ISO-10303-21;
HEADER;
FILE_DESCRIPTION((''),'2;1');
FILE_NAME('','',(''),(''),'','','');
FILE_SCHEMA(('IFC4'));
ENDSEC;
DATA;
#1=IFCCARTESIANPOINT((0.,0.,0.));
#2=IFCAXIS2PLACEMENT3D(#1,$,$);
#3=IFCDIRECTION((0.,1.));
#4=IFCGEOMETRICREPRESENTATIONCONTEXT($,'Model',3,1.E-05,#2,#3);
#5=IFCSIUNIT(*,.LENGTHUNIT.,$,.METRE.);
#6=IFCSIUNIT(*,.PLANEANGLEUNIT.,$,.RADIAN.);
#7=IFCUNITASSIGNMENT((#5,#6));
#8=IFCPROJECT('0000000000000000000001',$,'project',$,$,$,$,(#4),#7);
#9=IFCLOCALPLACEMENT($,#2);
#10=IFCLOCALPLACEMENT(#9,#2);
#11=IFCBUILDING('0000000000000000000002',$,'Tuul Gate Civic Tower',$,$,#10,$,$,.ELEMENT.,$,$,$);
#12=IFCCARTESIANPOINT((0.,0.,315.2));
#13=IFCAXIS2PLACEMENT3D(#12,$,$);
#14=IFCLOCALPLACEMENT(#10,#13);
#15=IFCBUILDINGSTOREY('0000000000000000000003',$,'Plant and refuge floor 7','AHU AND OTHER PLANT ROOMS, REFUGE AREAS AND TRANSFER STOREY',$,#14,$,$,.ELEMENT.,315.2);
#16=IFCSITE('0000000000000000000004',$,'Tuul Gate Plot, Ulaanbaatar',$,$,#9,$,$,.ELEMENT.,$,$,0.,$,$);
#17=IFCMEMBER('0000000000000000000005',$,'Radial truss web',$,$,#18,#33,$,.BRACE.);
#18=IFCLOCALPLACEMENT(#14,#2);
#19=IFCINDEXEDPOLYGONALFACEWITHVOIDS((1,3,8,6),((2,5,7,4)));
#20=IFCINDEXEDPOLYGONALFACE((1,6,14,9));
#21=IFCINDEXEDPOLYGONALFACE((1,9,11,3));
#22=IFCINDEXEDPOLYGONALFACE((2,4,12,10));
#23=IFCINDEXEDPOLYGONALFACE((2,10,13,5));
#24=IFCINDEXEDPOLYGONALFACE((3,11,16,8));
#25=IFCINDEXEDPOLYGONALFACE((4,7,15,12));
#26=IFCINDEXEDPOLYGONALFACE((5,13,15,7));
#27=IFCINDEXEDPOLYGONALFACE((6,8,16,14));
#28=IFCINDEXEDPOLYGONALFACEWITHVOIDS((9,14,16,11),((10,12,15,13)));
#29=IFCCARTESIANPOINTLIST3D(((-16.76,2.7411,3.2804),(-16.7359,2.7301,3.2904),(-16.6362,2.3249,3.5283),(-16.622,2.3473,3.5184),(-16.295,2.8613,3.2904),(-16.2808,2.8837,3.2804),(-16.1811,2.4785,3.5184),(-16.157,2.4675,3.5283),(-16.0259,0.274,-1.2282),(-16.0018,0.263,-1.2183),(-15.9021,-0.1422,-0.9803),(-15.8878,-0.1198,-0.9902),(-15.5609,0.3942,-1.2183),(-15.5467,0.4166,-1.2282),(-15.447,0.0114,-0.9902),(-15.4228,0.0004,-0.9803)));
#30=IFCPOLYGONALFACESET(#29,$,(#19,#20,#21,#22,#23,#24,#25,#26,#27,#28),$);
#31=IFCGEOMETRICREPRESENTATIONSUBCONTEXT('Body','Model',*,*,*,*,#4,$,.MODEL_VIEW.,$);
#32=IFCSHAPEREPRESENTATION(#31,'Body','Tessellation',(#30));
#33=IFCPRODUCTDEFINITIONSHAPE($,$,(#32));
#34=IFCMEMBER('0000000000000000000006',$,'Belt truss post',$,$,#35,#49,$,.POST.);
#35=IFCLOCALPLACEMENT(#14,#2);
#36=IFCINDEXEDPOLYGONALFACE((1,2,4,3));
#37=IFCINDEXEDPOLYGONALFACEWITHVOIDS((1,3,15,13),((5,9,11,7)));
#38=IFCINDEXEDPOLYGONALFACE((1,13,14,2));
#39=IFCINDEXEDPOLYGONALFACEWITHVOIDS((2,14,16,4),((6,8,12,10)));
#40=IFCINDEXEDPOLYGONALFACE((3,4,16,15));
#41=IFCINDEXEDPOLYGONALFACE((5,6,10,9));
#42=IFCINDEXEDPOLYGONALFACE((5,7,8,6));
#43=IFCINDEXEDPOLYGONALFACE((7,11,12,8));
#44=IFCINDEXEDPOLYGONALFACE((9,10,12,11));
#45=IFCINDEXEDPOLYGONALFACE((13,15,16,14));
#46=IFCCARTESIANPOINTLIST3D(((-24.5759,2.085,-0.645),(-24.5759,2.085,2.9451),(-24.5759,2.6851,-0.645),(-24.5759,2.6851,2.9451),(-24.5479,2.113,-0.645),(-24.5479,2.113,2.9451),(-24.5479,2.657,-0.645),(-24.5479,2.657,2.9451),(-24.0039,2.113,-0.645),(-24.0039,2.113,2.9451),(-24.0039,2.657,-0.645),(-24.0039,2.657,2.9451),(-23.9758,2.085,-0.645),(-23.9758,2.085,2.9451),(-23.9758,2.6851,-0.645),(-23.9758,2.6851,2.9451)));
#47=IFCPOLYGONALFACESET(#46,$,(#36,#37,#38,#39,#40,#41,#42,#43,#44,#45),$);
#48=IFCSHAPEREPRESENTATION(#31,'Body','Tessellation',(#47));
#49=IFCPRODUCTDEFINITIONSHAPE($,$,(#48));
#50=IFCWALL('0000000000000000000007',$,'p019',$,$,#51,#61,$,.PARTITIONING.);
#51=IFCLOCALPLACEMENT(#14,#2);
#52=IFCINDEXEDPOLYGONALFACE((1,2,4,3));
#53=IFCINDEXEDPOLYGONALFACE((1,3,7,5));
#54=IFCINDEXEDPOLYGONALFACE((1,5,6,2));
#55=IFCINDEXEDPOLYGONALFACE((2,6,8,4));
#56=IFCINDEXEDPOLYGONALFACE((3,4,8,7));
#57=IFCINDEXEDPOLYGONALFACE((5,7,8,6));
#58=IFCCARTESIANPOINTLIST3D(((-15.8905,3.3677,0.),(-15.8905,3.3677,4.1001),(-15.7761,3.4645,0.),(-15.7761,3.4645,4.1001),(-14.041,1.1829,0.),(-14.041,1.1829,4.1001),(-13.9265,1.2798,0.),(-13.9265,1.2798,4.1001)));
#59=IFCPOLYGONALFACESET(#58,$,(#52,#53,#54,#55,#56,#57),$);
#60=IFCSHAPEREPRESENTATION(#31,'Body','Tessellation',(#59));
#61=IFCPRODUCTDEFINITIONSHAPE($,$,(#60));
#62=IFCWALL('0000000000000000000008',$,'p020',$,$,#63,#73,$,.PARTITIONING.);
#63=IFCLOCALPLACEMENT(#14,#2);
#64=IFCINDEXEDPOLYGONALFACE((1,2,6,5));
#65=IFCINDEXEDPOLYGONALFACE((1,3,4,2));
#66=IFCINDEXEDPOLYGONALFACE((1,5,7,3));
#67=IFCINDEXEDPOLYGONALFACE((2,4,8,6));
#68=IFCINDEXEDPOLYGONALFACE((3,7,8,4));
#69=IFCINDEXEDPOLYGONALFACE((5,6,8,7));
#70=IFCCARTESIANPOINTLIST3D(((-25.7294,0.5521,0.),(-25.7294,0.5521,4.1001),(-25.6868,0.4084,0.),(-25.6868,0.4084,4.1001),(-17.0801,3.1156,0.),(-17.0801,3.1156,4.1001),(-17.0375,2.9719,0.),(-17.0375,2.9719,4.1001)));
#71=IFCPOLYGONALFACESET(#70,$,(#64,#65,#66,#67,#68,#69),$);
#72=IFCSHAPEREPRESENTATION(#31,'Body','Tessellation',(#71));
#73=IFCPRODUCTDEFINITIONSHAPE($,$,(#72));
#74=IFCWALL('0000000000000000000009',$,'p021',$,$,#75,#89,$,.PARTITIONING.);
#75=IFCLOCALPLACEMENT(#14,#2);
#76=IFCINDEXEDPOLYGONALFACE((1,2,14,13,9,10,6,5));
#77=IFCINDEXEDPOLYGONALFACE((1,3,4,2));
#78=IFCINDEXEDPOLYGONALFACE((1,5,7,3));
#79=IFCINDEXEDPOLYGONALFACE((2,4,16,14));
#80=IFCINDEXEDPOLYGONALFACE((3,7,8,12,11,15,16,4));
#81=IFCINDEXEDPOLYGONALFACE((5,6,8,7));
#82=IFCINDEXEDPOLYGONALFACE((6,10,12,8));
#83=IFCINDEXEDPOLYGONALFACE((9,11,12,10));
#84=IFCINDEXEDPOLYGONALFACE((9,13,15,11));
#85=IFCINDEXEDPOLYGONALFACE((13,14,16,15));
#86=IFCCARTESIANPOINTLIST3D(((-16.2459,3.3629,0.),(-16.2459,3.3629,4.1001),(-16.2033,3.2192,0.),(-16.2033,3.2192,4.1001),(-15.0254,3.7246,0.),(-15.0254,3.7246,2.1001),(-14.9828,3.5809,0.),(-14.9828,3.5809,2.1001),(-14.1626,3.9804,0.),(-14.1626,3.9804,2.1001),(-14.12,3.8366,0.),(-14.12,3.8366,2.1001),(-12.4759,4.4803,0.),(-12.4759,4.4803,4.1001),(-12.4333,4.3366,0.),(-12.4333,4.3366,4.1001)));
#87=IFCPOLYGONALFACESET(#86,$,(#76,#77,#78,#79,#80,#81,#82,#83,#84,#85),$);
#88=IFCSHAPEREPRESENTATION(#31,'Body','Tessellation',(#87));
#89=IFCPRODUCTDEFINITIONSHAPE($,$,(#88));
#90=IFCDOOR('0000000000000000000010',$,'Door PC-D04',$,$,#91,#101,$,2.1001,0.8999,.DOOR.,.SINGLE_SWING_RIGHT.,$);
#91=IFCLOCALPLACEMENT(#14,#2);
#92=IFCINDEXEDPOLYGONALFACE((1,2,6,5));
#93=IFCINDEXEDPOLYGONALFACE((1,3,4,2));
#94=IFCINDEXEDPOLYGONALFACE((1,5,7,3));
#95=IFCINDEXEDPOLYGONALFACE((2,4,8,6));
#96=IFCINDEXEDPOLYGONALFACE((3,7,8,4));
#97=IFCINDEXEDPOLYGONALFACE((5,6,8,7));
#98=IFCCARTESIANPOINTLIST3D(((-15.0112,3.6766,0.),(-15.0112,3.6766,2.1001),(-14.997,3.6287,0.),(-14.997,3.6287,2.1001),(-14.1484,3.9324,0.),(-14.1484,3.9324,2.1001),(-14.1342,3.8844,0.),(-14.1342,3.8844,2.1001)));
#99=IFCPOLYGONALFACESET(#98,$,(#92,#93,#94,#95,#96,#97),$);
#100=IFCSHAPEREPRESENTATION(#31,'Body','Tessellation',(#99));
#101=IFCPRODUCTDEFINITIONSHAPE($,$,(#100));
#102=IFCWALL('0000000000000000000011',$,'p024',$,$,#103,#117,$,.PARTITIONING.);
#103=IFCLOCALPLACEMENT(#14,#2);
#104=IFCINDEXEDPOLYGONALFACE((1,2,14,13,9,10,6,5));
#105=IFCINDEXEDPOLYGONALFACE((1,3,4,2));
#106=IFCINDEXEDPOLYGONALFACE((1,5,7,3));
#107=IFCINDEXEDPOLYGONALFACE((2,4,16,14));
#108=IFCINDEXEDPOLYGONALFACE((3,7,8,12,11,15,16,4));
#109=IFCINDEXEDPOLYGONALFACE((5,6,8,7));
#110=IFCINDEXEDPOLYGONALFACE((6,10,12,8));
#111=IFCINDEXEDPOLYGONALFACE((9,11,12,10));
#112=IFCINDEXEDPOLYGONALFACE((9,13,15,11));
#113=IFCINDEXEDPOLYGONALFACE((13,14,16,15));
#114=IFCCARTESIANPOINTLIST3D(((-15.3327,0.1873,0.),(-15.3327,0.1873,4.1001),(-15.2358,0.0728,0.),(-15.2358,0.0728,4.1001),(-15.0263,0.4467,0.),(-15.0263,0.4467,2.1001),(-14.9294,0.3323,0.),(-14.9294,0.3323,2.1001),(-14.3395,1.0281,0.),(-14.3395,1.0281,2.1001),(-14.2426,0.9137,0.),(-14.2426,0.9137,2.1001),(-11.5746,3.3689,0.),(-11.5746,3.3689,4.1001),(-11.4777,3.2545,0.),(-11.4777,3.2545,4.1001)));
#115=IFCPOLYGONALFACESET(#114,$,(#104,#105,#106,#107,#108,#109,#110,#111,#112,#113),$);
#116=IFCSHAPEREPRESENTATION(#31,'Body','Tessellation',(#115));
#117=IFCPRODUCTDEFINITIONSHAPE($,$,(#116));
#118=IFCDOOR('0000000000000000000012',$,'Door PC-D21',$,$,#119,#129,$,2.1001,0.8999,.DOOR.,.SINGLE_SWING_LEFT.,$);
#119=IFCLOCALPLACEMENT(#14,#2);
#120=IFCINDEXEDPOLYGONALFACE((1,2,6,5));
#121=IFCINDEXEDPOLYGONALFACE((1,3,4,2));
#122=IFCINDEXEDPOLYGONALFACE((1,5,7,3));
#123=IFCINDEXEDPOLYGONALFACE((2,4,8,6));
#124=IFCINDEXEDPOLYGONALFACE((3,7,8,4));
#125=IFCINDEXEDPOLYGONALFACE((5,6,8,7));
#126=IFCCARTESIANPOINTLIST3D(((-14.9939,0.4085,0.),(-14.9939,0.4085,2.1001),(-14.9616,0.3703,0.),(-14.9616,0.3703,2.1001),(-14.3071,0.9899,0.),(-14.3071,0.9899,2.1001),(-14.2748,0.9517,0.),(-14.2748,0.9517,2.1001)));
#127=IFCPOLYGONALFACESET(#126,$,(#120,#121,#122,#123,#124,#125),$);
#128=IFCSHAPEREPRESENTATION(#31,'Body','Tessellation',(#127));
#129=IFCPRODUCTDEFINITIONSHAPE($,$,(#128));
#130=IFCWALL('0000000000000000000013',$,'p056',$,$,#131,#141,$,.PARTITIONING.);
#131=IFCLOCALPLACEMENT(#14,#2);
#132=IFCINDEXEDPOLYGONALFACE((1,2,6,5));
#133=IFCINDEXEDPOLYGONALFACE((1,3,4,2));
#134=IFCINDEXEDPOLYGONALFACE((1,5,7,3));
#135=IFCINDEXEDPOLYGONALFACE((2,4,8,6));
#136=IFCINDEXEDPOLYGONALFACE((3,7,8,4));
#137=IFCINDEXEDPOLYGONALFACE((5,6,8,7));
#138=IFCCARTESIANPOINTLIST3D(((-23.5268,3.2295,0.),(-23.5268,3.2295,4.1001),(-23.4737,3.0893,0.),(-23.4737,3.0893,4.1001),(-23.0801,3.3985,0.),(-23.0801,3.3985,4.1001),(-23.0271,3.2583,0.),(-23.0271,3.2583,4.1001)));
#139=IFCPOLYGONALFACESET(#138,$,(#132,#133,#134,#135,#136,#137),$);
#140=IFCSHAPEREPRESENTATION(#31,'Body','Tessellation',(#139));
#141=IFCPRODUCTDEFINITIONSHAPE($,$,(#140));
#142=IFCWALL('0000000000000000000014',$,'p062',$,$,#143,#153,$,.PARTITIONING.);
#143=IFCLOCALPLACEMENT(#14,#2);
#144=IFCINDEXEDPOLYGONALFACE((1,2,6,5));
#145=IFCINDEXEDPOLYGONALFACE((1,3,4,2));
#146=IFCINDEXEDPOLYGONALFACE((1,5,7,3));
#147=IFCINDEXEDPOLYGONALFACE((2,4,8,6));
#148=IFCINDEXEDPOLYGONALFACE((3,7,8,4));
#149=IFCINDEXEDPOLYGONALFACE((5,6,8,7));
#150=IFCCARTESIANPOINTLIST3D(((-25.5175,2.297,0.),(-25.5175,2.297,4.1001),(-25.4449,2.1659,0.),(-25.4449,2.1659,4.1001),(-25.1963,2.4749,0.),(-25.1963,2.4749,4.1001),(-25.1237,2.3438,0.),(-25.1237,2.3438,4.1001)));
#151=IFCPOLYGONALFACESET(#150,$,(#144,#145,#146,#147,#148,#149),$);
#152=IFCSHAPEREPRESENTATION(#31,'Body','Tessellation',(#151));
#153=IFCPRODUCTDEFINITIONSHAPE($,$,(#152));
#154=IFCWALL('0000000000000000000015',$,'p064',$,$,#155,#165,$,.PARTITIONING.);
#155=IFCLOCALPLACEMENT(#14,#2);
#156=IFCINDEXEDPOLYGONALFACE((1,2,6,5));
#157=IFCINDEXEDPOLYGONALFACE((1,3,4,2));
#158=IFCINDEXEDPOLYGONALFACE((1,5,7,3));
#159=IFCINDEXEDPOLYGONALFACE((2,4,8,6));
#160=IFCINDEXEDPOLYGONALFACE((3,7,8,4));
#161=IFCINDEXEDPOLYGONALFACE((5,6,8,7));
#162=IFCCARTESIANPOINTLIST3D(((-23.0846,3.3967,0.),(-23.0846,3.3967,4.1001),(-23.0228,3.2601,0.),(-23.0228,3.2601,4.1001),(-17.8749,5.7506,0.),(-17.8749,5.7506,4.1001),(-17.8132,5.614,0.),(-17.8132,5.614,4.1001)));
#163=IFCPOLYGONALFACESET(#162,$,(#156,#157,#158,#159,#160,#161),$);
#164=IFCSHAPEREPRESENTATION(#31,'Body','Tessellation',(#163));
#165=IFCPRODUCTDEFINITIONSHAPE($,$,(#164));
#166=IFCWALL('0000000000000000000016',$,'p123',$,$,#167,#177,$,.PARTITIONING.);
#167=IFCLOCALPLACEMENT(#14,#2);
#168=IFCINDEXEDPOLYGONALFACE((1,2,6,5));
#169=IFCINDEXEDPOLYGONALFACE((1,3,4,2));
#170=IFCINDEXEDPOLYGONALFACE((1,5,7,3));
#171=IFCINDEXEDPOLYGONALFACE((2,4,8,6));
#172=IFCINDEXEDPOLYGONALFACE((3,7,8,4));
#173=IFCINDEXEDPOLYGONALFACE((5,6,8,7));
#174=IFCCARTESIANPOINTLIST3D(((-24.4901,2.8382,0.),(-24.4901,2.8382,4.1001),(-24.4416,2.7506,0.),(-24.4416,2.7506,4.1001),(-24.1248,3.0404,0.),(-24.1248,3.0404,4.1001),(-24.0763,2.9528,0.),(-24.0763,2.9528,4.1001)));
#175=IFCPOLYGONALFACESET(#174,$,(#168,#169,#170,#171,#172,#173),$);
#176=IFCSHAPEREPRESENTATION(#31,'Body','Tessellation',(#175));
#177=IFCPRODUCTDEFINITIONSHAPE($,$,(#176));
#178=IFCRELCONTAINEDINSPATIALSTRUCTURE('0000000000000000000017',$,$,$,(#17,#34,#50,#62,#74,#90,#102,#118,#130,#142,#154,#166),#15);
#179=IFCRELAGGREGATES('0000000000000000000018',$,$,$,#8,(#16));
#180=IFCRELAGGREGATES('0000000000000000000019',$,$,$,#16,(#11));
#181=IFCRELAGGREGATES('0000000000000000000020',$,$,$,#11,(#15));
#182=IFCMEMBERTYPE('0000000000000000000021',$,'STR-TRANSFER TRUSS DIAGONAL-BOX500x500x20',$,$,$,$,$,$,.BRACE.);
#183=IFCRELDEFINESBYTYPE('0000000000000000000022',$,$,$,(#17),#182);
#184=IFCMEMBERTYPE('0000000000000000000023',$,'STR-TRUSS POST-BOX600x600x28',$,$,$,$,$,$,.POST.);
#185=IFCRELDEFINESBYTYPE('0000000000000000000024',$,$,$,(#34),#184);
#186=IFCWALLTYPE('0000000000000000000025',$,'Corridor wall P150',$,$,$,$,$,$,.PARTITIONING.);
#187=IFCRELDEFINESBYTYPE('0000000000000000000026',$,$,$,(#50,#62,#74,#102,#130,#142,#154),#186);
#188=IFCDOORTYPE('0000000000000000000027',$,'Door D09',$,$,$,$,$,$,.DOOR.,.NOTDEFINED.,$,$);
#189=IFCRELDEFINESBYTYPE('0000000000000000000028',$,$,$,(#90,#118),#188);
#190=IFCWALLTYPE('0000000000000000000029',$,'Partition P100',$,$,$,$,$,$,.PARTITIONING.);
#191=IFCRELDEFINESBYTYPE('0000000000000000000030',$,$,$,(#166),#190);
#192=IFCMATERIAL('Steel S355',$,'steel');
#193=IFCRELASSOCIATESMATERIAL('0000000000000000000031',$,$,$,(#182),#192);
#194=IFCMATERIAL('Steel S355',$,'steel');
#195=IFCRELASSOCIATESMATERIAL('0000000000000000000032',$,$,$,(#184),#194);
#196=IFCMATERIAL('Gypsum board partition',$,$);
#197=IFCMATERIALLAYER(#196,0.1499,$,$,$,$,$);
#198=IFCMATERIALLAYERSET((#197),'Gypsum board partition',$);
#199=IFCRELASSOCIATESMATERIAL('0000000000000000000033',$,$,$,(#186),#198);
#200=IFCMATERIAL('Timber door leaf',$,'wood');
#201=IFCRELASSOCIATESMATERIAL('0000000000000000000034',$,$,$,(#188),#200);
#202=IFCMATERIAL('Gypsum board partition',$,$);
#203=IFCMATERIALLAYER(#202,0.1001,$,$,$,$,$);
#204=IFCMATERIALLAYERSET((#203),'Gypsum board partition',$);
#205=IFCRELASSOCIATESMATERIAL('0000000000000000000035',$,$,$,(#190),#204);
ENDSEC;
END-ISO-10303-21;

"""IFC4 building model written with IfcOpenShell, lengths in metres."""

from ifc_helpers import new_model, si_unit, direction, frame, frame_2d, origin, origin_2d, place, context, subcontext, project, spatial, rectangle, hollow_rectangle, extrude, material, layer, layer_set, material_profile, profile_set, type_object, element, fill, save


model = new_model("IFC4")

# Units and contexts
model_context = context("Model", 3, precision=1e-05, world=origin(), true_north=direction((0.0, 1.0)))
body_context = subcontext(model_context, "Body", "Model", "MODEL_VIEW")
ifc_project = project(units=[si_unit("LENGTHUNIT", "METRE"), si_unit("PLANEANGLEUNIT", "RADIAN")], contexts=[model_context])

# Site, building, storey
site_placement = place(None, origin())
site = spatial("IfcSite", under=ifc_project, at=site_placement, Name="Tuul Gate Plot, Ulaanbaatar", CompositionType="ELEMENT", RefElevation=0.0)
building_placement = place(site_placement, origin())
building = spatial("IfcBuilding", under=site, at=building_placement, Name="Tuul Gate Civic Tower", CompositionType="ELEMENT")
storey_placement = place(building_placement, frame((0.0, 0.0, 315.2)))
storey = spatial("IfcBuildingStorey", under=building, at=storey_placement, Name="Plant and refuge floor 7", Description="AHU AND OTHER PLANT ROOMS, REFUGE AREAS AND TRANSFER STOREY", CompositionType="ELEMENT", Elevation=315.2)

# Members
ifc_material_1 = material(Name="Steel S355", Category="steel")
ifc_material_profile_1 = material_profile(ifc_material_1, hollow_rectangle(XDim=0.5, YDim=0.5, WallThickness=0.02, at=origin_2d()), Name="BOX500x500x20")
ifc_profile_set_1 = profile_set([ifc_material_profile_1], Name="Steel S355")
member_type_1 = type_object("IfcMemberType", Name="STR-TRANSFER TRUSS DIAGONAL-BOX500x500x20", PredefinedType="BRACE", material=ifc_profile_set_1)
member_1_placement = place(storey_placement, frame((-15.7244, 0.1372, -1.1042), z_axis=(-0.141409, 0.475203, 0.868439), x_axis=(-0.958464, -0.285215, 0.0)))
element("IfcMember", 1, at=member_1_placement, inside=storey, type_object=member_type_1, Name="Radial truss web", PredefinedType="BRACE", context=body_context, shape_type="SweptSolid", body=[
    extrude(hollow_rectangle(XDim=0.5, YDim=0.5, WallThickness=0.02, at=origin_2d()), origin(), (0.0, 0.0, 1.0), 5.1917),
])
ifc_material_2 = material(Name="Steel S355", Category="steel")
ifc_material_profile_2 = material_profile(ifc_material_2, hollow_rectangle(XDim=0.6001, YDim=0.6001, WallThickness=0.0281, at=origin_2d()), Name="BOX600x600x28")
ifc_profile_set_2 = profile_set([ifc_material_profile_2], Name="Steel S355")
member_type_2 = type_object("IfcMemberType", Name="STR-TRUSS POST-BOX600x600x28", PredefinedType="POST", material=ifc_profile_set_2)
member_2_placement = place(storey_placement, frame((-24.2759, 2.385, -0.645), z_axis=(0.0, 0.0, 1.0), x_axis=(1.0, 0.0, 0.0)))
element("IfcMember", 2, at=member_2_placement, inside=storey, type_object=member_type_2, Name="Belt truss post", PredefinedType="POST", context=body_context, shape_type="SweptSolid", body=[
    extrude(hollow_rectangle(XDim=0.6001, YDim=0.6001, WallThickness=0.0281, at=origin_2d()), origin(), (0.0, 0.0, 1.0), 3.5901),
])

# Walls
ifc_material_3 = material(Name="Gypsum board partition")
ifc_layer_1 = layer(ifc_material_3, 0.1499)
ifc_layer_set_1 = layer_set([ifc_layer_1], Name="Gypsum board partition")
wall_type_1 = type_object("IfcWallType", Name="Corridor wall P150", PredefinedType="PARTITIONING", material=ifc_layer_set_1)
wall_1_placement = place(storey_placement, frame((-15.8333, 3.416, 0.0), z_axis=(0.0, 0.0, 1.0), x_axis=(0.64613, -0.763228, 0.0)))
element("IfcWall", 3, at=wall_1_placement, inside=storey, type_object=wall_type_1, Name="p019", PredefinedType="PARTITIONING", context=body_context, shape_type="SweptSolid", body=[
    extrude(rectangle(XDim=2.8625, YDim=0.1499, at=frame_2d((1.4312, 0.0))), origin(), (0.0, 0.0, 1.0), 4.1001),
])
wall_2_placement = place(storey_placement, frame((-25.7083, 0.4802, 0.0), z_axis=(0.0, 0.0, 1.0), x_axis=(0.958777, 0.284158, 0.0)))
element("IfcWall", 4, at=wall_2_placement, inside=storey, type_object=wall_type_1, Name="p020", PredefinedType="PARTITIONING", context=body_context, shape_type="SweptSolid", body=[
    extrude(rectangle(XDim=9.0212, YDim=0.1499, at=frame_2d((4.5107, 0.0))), origin(), (0.0, 0.0, 1.0), 4.1001),
])

# Walls, openings, doors
wall_3_placement = place(storey_placement, frame((-16.2246, 3.291, 0.0), z_axis=(0.0, 0.0, 1.0), x_axis=(0.958771, 0.284179, 0.0)))
wall_3 = element("IfcWall", 5, at=wall_3_placement, inside=storey, type_object=wall_type_1, Name="p021", PredefinedType="PARTITIONING", context=body_context, shape_type="SweptSolid", body=[
    extrude(rectangle(XDim=3.9321, YDim=0.1499, at=frame_2d((1.9661, 0.0))), origin(), (0.0, 0.0, 1.0), 4.1001),
])
opening_1_placement = place(wall_3_placement, frame((1.2729, 0.0, 0.0)))
opening_1 = element("IfcOpeningElement", 6, at=opening_1_placement, cuts=wall_3, PredefinedType="OPENING", context=body_context, shape_type="SweptSolid", body=[
    extrude(rectangle(XDim=0.8999, YDim=2.1001, at=frame_2d((0.45, 1.05))), frame((0.0, 0.085, 0.0), z_axis=(0.0, -1.0, 0.0), x_axis=(1.0, 0.0, 0.0)), (0.0, 0.0, 1.0), 0.1699),
])
ifc_material_4 = material(Name="Timber door leaf", Category="wood")
door_type = type_object("IfcDoorType", Name="Door D09", OperationType="NOTDEFINED", PredefinedType="DOOR", material=ifc_material_4)
door_1_placement = place(opening_1_placement, origin())
door_1 = element("IfcDoor", 7, at=door_1_placement, inside=storey, type_object=door_type, Name="Door PC-D04", OperationType="SINGLE_SWING_RIGHT", OverallHeight=2.1001, OverallWidth=0.8999, PredefinedType="DOOR", context=body_context, shape_type="SweptSolid", body=[
    extrude(rectangle(XDim=0.8999, YDim=2.1001, at=frame_2d((0.45, 1.05))), frame((0.0, 0.0249, 0.0), z_axis=(0.0, -1.0, 0.0), x_axis=(1.0, 0.0, 0.0)), (0.0, 0.0, 1.0), 0.05),
])
fill(opening_1, door_1)
wall_4_placement = place(storey_placement, frame((-15.2842, 0.1301, 0.0), z_axis=(0.0, 0.0, 1.0), x_axis=(0.763211, 0.646149, 0.0)))
wall_4 = element("IfcWall", 8, at=wall_4_placement, inside=storey, type_object=wall_type_1, Name="p024", PredefinedType="PARTITIONING", context=body_context, shape_type="SweptSolid", body=[
    extrude(rectangle(XDim=4.9241, YDim=0.1499, at=frame_2d((2.4619, 0.0))), origin(), (0.0, 0.0, 1.0), 4.1001),
])
opening_2_placement = place(wall_4_placement, frame((0.4014, 0.0, 0.0)))
opening_2 = element("IfcOpeningElement", 9, at=opening_2_placement, cuts=wall_4, PredefinedType="OPENING", context=body_context, shape_type="SweptSolid", body=[
    extrude(rectangle(XDim=0.8999, YDim=2.1001, at=frame_2d((0.45, 1.05))), frame((0.0, 0.085, 0.0), z_axis=(0.0, -1.0, 0.0), x_axis=(1.0, 0.0, 0.0)), (0.0, 0.0, 1.0), 0.1699),
])
door_2_placement = place(opening_2_placement, origin())
door_2 = element("IfcDoor", 10, at=door_2_placement, inside=storey, type_object=door_type, Name="Door PC-D21", OperationType="SINGLE_SWING_LEFT", OverallHeight=2.1001, OverallWidth=0.8999, PredefinedType="DOOR", context=body_context, shape_type="SweptSolid", body=[
    extrude(rectangle(XDim=0.8999, YDim=2.1001, at=frame_2d((0.45, 1.05))), frame((0.0, 0.0249, 0.0), z_axis=(0.0, -1.0, 0.0), x_axis=(1.0, 0.0, 0.0)), (0.0, 0.0, 1.0), 0.05),
])
fill(opening_2, door_2)

# Walls
wall_5_placement = place(storey_placement, frame((-23.5002, 3.1594, 0.0), z_axis=(0.0, 0.0, 1.0), x_axis=(0.935295, 0.353868, 0.0)))
element("IfcWall", 11, at=wall_5_placement, inside=storey, type_object=wall_type_1, Name="p056", PredefinedType="PARTITIONING", context=body_context, shape_type="SweptSolid", body=[
    extrude(rectangle(XDim=0.4775, YDim=0.1499, at=frame_2d((0.2388, 0.0))), origin(), (0.0, 0.0, 1.0), 4.1001),
])
wall_6_placement = place(storey_placement, frame((-25.4812, 2.2314, 0.0), z_axis=(0.0, 0.0, 1.0), x_axis=(0.874752, 0.48457, 0.0)))
element("IfcWall", 12, at=wall_6_placement, inside=storey, type_object=wall_type_1, Name="p062", PredefinedType="PARTITIONING", context=body_context, shape_type="SweptSolid", body=[
    extrude(rectangle(XDim=0.3672, YDim=0.1499, at=frame_2d((0.1836, 0.0))), origin(), (0.0, 0.0, 1.0), 4.1001),
])
wall_7_placement = place(storey_placement, frame((-23.0537, 3.3284, 0.0), z_axis=(0.0, 0.0, 1.0), x_axis=(0.91129, 0.411765, 0.0)))
element("IfcWall", 13, at=wall_7_placement, inside=storey, type_object=wall_type_1, Name="p064", PredefinedType="PARTITIONING", context=body_context, shape_type="SweptSolid", body=[
    extrude(rectangle(XDim=5.7168, YDim=0.1499, at=frame_2d((2.8584, 0.0))), origin(), (0.0, 0.0, 1.0), 4.1001),
])
ifc_material_5 = material(Name="Gypsum board partition")
ifc_layer_2 = layer(ifc_material_5, 0.1001)
ifc_layer_set_2 = layer_set([ifc_layer_2], Name="Gypsum board partition")
wall_type_2 = type_object("IfcWallType", Name="Partition P100", PredefinedType="PARTITIONING", material=ifc_layer_set_2)
wall_8_placement = place(storey_placement, frame((-24.1006, 2.9966, 0.0), z_axis=(0.0, 0.0, 1.0), x_axis=(-0.874929, -0.484252, 0.0)))
element("IfcWall", 14, at=wall_8_placement, inside=storey, type_object=wall_type_2, Name="p123", PredefinedType="PARTITIONING", context=body_context, shape_type="SweptSolid", body=[
    extrude(rectangle(XDim=0.4175, YDim=0.1001, at=frame_2d((0.2087, 0.0))), origin(), (0.0, 0.0, 1.0), 4.1001),
])

save(model, "model.ifc")
